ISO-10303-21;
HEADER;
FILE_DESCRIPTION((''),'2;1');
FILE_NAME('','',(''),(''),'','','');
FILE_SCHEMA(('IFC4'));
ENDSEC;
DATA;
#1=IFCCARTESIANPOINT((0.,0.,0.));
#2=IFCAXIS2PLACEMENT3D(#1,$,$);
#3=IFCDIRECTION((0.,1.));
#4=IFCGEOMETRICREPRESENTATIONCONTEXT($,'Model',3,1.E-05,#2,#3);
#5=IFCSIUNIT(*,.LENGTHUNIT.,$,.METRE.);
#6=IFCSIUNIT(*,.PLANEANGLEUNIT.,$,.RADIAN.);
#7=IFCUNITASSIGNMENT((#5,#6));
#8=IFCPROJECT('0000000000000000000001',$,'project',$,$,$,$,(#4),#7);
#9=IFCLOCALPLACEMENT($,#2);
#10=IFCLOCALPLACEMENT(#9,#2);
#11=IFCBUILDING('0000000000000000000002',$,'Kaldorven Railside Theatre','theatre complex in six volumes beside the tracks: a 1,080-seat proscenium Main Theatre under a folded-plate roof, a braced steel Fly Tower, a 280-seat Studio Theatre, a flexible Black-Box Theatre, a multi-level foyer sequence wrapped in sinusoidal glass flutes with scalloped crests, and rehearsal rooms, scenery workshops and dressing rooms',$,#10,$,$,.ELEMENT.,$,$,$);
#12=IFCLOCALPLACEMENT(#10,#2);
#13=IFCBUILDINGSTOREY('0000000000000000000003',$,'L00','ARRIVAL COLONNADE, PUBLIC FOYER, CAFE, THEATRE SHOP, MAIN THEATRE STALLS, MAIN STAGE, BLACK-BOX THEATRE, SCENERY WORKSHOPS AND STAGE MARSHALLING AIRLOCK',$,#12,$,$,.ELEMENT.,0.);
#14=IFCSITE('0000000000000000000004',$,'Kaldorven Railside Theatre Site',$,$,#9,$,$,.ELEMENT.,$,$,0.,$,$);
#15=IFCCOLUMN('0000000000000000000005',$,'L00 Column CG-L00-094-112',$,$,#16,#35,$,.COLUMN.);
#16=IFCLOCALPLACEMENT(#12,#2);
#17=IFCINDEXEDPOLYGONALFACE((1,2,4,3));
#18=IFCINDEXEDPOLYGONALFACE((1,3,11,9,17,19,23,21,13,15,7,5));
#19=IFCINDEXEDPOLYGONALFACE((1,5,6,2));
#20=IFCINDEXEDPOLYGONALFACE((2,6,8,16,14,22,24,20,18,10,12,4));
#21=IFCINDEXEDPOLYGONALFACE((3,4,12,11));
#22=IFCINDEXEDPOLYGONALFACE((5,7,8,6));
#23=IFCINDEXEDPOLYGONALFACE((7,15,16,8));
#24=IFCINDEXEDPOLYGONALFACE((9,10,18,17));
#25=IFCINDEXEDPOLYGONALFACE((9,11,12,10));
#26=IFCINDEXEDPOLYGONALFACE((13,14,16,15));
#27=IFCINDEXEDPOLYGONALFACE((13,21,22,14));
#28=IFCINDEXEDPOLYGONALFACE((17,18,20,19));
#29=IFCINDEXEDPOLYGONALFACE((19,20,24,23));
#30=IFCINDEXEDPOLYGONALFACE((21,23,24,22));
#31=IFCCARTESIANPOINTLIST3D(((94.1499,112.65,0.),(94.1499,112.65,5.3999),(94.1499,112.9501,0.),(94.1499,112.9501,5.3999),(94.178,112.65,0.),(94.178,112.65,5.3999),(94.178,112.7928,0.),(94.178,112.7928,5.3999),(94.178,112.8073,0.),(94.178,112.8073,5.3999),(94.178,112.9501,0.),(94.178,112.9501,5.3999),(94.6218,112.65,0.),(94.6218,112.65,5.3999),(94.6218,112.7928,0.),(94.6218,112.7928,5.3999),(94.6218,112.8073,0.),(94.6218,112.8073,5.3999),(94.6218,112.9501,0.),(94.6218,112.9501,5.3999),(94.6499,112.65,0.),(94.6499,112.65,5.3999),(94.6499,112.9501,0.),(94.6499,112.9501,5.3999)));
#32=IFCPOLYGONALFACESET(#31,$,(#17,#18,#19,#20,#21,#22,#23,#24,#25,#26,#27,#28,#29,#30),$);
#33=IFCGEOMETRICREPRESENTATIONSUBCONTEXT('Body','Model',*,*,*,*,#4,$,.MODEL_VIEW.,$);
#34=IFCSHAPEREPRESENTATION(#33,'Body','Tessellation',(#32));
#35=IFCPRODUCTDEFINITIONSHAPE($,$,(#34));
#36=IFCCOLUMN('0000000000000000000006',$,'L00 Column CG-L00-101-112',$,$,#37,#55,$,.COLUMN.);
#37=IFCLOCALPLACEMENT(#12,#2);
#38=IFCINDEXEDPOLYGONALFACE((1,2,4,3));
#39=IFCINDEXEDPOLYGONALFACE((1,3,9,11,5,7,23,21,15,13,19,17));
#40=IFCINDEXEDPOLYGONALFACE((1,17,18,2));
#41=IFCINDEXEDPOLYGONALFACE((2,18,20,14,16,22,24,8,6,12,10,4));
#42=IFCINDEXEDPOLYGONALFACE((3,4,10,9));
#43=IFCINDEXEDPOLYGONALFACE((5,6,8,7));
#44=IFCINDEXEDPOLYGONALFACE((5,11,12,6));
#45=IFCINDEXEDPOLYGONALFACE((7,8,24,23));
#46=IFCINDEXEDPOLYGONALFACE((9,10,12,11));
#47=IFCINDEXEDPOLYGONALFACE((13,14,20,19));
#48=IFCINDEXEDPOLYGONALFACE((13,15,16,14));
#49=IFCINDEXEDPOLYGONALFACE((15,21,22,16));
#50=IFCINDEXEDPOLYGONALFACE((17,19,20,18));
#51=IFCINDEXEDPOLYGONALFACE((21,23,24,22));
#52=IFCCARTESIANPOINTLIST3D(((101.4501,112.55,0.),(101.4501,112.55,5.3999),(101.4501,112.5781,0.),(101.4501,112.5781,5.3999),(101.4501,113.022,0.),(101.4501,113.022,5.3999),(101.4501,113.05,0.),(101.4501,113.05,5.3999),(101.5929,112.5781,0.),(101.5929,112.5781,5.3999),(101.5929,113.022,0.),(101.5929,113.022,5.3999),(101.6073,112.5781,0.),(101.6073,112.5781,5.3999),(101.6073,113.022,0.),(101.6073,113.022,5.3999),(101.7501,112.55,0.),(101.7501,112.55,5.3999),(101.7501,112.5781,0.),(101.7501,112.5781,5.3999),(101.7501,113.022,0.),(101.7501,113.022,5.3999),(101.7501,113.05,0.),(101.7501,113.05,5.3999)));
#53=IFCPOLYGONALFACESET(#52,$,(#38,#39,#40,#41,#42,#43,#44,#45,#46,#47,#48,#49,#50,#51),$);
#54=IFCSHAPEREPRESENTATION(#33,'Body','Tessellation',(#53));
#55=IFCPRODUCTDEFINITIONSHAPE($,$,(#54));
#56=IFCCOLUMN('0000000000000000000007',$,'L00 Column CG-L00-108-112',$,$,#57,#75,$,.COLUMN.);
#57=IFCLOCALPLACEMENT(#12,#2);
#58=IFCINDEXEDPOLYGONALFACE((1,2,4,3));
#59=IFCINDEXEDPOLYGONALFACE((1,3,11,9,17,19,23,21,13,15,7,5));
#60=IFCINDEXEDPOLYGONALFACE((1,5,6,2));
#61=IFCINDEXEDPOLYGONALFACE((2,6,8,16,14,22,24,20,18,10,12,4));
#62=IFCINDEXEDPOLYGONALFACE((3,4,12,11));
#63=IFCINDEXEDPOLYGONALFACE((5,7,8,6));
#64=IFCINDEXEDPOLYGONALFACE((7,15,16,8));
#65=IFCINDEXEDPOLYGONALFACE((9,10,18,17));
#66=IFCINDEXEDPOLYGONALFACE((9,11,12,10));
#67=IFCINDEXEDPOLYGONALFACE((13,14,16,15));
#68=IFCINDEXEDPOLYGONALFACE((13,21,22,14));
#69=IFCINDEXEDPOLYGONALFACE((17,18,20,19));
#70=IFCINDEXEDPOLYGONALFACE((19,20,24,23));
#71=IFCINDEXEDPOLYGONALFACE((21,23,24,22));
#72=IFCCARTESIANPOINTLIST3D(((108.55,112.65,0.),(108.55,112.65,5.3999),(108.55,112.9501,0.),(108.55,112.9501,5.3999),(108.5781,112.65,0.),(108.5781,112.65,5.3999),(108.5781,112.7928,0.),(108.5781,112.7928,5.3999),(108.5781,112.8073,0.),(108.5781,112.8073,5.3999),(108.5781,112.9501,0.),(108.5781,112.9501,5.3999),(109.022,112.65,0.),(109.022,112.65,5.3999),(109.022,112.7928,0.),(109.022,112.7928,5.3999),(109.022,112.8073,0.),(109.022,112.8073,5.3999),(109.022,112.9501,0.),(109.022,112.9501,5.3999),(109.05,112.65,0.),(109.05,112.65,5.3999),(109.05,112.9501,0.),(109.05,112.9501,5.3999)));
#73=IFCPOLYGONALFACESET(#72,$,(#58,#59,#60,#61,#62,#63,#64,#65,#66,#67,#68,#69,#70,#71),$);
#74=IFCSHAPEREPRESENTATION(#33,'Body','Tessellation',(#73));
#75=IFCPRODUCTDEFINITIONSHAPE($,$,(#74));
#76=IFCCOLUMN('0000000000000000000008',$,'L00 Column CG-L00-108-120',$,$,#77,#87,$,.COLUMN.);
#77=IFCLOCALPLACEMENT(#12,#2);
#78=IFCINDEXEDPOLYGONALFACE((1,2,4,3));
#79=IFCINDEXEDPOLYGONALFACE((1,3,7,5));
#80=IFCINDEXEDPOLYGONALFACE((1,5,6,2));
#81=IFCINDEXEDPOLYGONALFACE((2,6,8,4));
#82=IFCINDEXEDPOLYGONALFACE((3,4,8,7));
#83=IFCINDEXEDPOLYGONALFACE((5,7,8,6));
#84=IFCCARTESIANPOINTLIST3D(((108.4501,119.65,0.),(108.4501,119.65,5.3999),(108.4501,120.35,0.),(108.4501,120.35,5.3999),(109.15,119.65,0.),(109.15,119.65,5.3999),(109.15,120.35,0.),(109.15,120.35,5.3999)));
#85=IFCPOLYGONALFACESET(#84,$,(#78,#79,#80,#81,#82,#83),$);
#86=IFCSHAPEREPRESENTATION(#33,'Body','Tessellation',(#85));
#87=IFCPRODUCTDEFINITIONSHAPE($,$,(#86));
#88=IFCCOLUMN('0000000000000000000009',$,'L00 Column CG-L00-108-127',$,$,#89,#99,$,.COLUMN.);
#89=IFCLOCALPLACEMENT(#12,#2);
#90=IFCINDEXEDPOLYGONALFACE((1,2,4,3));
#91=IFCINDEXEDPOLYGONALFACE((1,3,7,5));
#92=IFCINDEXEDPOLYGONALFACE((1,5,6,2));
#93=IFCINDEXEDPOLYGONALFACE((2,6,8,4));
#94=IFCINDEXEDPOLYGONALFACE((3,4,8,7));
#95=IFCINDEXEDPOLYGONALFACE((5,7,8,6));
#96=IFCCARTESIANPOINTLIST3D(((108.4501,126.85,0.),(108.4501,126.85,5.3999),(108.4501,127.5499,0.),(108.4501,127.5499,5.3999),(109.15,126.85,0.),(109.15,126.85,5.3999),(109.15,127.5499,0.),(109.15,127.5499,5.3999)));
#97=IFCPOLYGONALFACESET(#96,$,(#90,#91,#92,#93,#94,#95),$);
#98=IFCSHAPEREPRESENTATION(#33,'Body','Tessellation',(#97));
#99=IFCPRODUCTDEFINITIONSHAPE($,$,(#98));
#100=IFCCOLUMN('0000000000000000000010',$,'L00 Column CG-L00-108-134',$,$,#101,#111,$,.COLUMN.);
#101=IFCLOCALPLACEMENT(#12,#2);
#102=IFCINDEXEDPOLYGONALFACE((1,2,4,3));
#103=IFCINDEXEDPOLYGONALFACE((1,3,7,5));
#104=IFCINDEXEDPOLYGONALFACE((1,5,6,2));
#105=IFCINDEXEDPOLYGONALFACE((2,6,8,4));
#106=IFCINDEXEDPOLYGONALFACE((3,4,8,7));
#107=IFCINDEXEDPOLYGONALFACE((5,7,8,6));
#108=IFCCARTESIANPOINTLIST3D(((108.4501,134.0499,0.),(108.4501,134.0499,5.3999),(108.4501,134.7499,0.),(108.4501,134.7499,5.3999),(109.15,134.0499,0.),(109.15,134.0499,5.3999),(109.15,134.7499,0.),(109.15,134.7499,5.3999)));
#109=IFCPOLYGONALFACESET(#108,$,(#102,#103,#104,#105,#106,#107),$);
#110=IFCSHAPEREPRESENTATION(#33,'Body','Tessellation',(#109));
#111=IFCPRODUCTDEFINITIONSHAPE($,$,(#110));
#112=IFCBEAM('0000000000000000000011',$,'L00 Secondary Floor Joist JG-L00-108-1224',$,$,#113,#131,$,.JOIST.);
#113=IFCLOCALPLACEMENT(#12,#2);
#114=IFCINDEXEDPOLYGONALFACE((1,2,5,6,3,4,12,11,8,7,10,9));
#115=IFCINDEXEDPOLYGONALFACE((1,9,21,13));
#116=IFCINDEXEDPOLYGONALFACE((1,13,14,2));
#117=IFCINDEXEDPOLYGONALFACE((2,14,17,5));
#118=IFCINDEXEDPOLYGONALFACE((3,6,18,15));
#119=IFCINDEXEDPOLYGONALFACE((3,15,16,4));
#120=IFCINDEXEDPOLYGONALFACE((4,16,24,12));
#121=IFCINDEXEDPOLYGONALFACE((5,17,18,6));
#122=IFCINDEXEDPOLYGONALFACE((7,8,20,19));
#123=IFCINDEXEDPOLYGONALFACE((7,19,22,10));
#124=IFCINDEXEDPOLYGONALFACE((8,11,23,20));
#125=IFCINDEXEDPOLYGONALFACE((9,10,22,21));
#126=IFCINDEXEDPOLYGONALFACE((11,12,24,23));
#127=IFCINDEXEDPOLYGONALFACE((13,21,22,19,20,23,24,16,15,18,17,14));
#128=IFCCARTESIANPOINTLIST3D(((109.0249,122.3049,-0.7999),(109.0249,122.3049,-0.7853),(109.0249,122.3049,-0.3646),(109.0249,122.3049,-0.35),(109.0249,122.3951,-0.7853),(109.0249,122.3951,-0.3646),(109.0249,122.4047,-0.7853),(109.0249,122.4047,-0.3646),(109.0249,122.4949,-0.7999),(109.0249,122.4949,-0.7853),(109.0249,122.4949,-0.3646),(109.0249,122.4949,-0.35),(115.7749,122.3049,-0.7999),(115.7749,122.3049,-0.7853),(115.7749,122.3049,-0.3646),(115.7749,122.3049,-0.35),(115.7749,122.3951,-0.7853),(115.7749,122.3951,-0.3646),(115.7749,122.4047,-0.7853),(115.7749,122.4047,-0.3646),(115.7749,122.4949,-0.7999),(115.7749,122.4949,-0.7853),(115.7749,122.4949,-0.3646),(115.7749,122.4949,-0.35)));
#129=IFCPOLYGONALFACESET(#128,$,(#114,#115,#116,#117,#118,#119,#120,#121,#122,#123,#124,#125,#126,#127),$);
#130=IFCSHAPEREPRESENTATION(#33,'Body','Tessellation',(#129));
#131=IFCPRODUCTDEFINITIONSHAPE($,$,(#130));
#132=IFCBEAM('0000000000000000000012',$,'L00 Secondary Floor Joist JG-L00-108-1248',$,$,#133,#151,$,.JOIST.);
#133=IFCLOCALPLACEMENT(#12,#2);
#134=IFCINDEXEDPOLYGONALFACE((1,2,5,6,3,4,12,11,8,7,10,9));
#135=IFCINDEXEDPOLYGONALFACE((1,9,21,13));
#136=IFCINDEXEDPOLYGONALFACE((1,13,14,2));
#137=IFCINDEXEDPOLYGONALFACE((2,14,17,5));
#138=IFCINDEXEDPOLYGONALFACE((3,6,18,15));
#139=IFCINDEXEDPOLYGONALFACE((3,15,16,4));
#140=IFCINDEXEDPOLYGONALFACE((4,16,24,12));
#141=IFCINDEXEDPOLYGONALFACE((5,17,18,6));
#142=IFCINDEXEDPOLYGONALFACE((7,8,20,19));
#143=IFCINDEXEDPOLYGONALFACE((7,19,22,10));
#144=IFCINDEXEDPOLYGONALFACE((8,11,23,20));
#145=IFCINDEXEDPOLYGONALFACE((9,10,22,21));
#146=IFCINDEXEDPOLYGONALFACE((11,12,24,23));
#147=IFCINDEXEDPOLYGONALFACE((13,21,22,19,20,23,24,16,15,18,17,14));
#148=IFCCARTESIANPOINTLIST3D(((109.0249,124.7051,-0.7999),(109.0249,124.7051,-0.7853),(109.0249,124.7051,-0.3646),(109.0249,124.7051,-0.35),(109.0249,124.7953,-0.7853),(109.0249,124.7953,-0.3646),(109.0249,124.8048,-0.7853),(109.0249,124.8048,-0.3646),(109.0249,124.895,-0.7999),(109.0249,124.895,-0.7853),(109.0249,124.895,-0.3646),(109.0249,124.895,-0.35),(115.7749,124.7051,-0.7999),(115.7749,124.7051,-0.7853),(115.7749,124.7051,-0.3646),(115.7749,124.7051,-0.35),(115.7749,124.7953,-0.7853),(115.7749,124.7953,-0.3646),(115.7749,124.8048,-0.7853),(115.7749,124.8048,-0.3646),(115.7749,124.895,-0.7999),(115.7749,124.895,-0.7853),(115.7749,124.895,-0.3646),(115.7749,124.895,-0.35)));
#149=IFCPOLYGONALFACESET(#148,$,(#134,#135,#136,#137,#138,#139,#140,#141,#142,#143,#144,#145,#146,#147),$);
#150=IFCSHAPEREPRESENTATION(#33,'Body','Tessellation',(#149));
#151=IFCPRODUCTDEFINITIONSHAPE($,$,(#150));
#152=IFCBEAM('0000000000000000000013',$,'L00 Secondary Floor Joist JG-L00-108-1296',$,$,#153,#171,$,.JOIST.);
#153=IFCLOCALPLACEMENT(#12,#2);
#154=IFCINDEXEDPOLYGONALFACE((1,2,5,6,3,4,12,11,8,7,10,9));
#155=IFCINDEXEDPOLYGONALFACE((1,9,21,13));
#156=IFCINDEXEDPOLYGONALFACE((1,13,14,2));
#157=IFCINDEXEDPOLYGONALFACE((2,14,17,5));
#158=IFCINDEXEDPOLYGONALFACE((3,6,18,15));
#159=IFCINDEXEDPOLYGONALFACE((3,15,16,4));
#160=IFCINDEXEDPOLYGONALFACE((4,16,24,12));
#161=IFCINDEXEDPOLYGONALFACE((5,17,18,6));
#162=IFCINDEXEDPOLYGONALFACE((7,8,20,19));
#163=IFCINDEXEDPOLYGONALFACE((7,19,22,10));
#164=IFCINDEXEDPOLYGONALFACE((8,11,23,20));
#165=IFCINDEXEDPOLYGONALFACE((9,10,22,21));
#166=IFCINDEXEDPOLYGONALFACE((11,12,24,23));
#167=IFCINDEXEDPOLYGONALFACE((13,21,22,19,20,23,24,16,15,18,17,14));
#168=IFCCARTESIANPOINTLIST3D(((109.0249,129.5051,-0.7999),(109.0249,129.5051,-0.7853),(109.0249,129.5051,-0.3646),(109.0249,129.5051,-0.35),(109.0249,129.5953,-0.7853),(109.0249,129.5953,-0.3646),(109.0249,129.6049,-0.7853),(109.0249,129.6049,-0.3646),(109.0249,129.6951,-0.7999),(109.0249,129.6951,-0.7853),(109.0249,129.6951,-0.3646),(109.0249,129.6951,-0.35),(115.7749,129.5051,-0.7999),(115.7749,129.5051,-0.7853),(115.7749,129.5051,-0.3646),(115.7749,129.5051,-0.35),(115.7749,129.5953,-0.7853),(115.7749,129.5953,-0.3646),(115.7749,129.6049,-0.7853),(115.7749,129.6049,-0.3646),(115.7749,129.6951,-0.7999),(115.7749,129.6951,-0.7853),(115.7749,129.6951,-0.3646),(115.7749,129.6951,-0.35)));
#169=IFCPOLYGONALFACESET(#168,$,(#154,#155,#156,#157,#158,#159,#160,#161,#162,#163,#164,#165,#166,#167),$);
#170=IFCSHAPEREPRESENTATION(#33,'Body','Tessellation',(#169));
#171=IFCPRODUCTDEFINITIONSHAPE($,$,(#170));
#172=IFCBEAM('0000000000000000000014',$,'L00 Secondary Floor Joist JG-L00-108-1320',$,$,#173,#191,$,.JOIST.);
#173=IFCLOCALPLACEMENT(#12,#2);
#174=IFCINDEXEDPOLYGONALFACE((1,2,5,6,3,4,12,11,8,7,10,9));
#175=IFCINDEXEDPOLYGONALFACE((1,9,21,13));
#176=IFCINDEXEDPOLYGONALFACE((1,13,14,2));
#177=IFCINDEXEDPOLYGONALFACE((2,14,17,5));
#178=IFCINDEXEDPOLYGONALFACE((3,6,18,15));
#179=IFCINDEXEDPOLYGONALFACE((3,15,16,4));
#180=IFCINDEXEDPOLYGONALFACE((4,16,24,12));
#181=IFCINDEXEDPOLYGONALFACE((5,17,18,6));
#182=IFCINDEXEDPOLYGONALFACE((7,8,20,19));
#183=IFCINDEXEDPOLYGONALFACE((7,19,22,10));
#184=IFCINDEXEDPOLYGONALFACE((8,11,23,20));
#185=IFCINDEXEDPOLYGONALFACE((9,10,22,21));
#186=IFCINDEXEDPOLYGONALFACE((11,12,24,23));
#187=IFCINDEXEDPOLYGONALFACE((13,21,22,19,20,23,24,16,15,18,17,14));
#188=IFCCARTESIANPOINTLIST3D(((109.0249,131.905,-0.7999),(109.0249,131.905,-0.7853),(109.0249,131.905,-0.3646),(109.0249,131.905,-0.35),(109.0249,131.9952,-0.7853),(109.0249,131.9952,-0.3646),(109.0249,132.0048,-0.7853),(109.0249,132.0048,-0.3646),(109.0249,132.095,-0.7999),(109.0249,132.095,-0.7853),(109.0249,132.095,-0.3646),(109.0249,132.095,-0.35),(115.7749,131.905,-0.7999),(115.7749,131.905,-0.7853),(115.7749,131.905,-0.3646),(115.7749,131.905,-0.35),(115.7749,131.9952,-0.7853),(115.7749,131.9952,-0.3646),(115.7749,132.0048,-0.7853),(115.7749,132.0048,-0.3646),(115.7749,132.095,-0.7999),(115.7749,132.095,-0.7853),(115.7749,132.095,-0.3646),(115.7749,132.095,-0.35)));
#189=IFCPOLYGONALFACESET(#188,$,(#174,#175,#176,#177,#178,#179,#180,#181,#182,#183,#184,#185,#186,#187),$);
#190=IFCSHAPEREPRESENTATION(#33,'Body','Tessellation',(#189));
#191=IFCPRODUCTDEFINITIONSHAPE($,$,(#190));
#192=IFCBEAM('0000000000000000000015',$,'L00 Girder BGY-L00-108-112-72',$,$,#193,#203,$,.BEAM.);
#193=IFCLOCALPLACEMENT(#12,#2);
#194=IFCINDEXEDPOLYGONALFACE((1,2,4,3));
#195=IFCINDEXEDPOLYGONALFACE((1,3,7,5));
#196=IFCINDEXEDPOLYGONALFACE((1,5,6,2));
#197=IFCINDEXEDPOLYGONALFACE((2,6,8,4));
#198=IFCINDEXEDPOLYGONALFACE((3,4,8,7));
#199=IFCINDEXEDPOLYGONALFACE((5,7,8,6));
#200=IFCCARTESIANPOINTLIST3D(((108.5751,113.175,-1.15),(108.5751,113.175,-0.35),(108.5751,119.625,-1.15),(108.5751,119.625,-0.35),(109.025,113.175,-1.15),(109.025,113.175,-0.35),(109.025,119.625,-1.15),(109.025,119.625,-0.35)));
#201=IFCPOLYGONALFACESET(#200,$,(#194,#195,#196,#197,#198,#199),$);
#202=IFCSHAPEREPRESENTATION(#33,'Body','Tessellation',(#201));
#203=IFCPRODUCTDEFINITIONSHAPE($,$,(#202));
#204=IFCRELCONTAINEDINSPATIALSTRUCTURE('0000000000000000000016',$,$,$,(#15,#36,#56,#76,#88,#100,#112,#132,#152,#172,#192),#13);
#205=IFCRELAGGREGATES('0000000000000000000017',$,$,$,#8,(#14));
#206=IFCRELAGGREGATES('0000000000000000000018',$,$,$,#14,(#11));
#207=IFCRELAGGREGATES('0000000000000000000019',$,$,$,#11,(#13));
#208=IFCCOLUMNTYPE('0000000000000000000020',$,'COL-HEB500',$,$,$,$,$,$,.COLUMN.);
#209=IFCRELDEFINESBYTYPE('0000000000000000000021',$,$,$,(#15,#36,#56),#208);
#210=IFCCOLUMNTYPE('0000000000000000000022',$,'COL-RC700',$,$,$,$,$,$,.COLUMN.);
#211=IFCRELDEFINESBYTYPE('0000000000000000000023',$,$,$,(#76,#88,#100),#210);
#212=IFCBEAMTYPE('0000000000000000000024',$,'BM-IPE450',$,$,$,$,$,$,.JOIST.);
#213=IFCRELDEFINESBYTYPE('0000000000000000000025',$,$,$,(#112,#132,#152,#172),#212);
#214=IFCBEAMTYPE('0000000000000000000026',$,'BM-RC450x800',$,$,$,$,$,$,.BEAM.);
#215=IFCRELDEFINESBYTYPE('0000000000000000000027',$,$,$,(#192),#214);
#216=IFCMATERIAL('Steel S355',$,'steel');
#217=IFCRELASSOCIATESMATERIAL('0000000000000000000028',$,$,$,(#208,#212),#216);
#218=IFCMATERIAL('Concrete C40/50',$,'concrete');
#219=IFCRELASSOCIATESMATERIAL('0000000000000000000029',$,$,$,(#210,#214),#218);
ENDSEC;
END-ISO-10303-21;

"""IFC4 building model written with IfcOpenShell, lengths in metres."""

from ifc_helpers import new_model, si_unit, direction, frame, origin, origin_2d, place, context, subcontext, project, spatial, rectangle, i_section, extrude, material, material_profile, profile_set, type_object, element, save


model = new_model("IFC4")

# Units and contexts
model_context = context("Model", 3, precision=1e-05, world=origin(), true_north=direction((0.0, 1.0)))
body_context = subcontext(model_context, "Body", "Model", "MODEL_VIEW")
ifc_project = project(units=[si_unit("LENGTHUNIT", "METRE"), si_unit("PLANEANGLEUNIT", "RADIAN")], contexts=[model_context])

# Site, building, storey
site_placement = place(None, origin())
site = spatial("IfcSite", under=ifc_project, at=site_placement, Name="Kaldorven Railside Theatre Site", CompositionType="ELEMENT", RefElevation=0.0)
building_placement = place(site_placement, origin())
building = spatial("IfcBuilding", under=site, at=building_placement, Name="Kaldorven Railside Theatre", Description="theatre complex in six volumes beside the tracks: a 1,080-seat proscenium Main Theatre under a folded-plate roof, a braced steel Fly Tower, a 280-seat Studio Theatre, a flexible Black-Box Theatre, a multi-level foyer sequence wrapped in sinusoidal glass flutes with scalloped crests, and rehearsal rooms, scenery workshops and dressing rooms", CompositionType="ELEMENT")
storey_placement = place(building_placement, origin())
storey = spatial("IfcBuildingStorey", under=building, at=storey_placement, Name="L00", Description="ARRIVAL COLONNADE, PUBLIC FOYER, CAFE, THEATRE SHOP, MAIN THEATRE STALLS, MAIN STAGE, BLACK-BOX THEATRE, SCENERY WORKSHOPS AND STAGE MARSHALLING AIRLOCK", CompositionType="ELEMENT", Elevation=0.0)

# Columns
ifc_material_1 = material(Name="Steel S355", Category="steel")
ifc_material_profile_1 = material_profile(ifc_material_1, i_section(OverallWidth=0.3, OverallDepth=0.5, WebThickness=0.0144, FlangeThickness=0.0281, at=origin_2d()), Name="HEB 500")
ifc_profile_set_1 = profile_set([ifc_material_profile_1], Name="Steel S355")
column_type_1 = type_object("IfcColumnType", Name="COL-HEB500", PredefinedType="COLUMN", material=ifc_profile_set_1)
for number, where, z_axis, x_axis, name in (
    (1, (94.3999, 112.8, 0.0), (0.0, 0.0, 1.0), (0.0, 1.0, 0.0), "L00 Column CG-L00-094-112"),
    (2, (101.6001, 112.8, 0.0), (0.0, 0.0, 1.0), (1.0, 0.0, 0.0), "L00 Column CG-L00-101-112"),
    (3, (108.8, 112.8, 0.0), (0.0, 0.0, 1.0), (0.0, 1.0, 0.0), "L00 Column CG-L00-108-112"),
):
    element("IfcColumn", number, at=place(storey_placement, frame(where, z_axis=z_axis, x_axis=x_axis)), inside=storey, type_object=column_type_1, Name=name, PredefinedType="COLUMN", context=body_context, shape_type="SweptSolid", body=[
        extrude(i_section(OverallWidth=0.3, OverallDepth=0.5, WebThickness=0.0144, FlangeThickness=0.0281, at=origin_2d()), origin(), (0.0, 0.0, 1.0), 5.3999),
    ])
ifc_material_2 = material(Name="Concrete C40/50", Category="concrete")
ifc_material_profile_2 = material_profile(ifc_material_2, rectangle(XDim=0.7, YDim=0.7, at=origin_2d()), Name="RC 700x700")
ifc_profile_set_2 = profile_set([ifc_material_profile_2], Name="Concrete C40/50")
column_type_2 = type_object("IfcColumnType", Name="COL-RC700", PredefinedType="COLUMN", material=ifc_profile_set_2)
for number, where, z_axis, x_axis, name in (
    (4, (108.8, 120.0, 0.0), (0.0, 0.0, 1.0), (1.0, 0.0, 0.0), "L00 Column CG-L00-108-120"),
    (5, (108.8, 127.2, 0.0), (0.0, 0.0, 1.0), (1.0, 0.0, 0.0), "L00 Column CG-L00-108-127"),
    (6, (108.8, 134.3999, 0.0), (0.0, 0.0, 1.0), (0.0, 1.0, 0.0), "L00 Column CG-L00-108-134"),
):
    element("IfcColumn", number, at=place(storey_placement, frame(where, z_axis=z_axis, x_axis=x_axis)), inside=storey, type_object=column_type_2, Name=name, PredefinedType="COLUMN", context=body_context, shape_type="SweptSolid", body=[
        extrude(rectangle(XDim=0.7, YDim=0.7, at=origin_2d()), origin(), (0.0, 0.0, 1.0), 5.3999),
    ])

# Beams
ifc_material_profile_3 = material_profile(ifc_material_1, i_section(OverallWidth=0.1899, OverallDepth=0.45, WebThickness=0.0095, FlangeThickness=0.0146, at=origin_2d()), Name="IPE 450")
ifc_profile_set_3 = profile_set([ifc_material_profile_3], Name="Steel S355")
beam_type_1 = type_object("IfcBeamType", Name="BM-IPE450", PredefinedType="JOIST", material=ifc_profile_set_3)
for number, where, z_axis, x_axis, name in (
    (7, (109.0249, 122.3999, -0.575), (1.0, 0.0, 0.0), (0.0, 1.0, 0.0), "L00 Secondary Floor Joist JG-L00-108-1224"),
    (8, (109.0249, 124.8, -0.575), (1.0, 0.0, 0.0), (0.0, 1.0, 0.0), "L00 Secondary Floor Joist JG-L00-108-1248"),
    (9, (109.0249, 129.6001, -0.575), (1.0, 0.0, 0.0), (0.0, 1.0, 0.0), "L00 Secondary Floor Joist JG-L00-108-1296"),
    (10, (109.0249, 132.0, -0.575), (1.0, 0.0, 0.0), (0.0, 1.0, 0.0), "L00 Secondary Floor Joist JG-L00-108-1320"),
):
    element("IfcBeam", number, at=place(storey_placement, frame(where, z_axis=z_axis, x_axis=x_axis)), inside=storey, type_object=beam_type_1, Name=name, PredefinedType="JOIST", context=body_context, shape_type="SweptSolid", body=[
        extrude(i_section(OverallWidth=0.1899, OverallDepth=0.45, WebThickness=0.0095, FlangeThickness=0.0146, at=origin_2d()), origin(), (0.0, 0.0, 1.0), 6.75),
    ])
ifc_material_profile_4 = material_profile(ifc_material_2, rectangle(XDim=0.45, YDim=0.8, at=origin_2d()), Name="RC 450x800")
ifc_profile_set_4 = profile_set([ifc_material_profile_4], Name="Concrete C40/50")
beam_type_2 = type_object("IfcBeamType", Name="BM-RC450x800", PredefinedType="BEAM", material=ifc_profile_set_4)
for number, where, z_axis, x_axis, name in (
    (11, (108.8, 113.175, -0.75), (0.0, 1.0, 0.0), (-1.0, 0.0, 0.0), "L00 Girder BGY-L00-108-112-72"),
):
    element("IfcBeam", number, at=place(storey_placement, frame(where, z_axis=z_axis, x_axis=x_axis)), inside=storey, type_object=beam_type_2, Name=name, PredefinedType="BEAM", context=body_context, shape_type="SweptSolid", body=[
        extrude(rectangle(XDim=0.45, YDim=0.8, at=origin_2d()), origin(), (0.0, 0.0, 1.0), 6.45),
    ])

save(model, "model.ifc")
